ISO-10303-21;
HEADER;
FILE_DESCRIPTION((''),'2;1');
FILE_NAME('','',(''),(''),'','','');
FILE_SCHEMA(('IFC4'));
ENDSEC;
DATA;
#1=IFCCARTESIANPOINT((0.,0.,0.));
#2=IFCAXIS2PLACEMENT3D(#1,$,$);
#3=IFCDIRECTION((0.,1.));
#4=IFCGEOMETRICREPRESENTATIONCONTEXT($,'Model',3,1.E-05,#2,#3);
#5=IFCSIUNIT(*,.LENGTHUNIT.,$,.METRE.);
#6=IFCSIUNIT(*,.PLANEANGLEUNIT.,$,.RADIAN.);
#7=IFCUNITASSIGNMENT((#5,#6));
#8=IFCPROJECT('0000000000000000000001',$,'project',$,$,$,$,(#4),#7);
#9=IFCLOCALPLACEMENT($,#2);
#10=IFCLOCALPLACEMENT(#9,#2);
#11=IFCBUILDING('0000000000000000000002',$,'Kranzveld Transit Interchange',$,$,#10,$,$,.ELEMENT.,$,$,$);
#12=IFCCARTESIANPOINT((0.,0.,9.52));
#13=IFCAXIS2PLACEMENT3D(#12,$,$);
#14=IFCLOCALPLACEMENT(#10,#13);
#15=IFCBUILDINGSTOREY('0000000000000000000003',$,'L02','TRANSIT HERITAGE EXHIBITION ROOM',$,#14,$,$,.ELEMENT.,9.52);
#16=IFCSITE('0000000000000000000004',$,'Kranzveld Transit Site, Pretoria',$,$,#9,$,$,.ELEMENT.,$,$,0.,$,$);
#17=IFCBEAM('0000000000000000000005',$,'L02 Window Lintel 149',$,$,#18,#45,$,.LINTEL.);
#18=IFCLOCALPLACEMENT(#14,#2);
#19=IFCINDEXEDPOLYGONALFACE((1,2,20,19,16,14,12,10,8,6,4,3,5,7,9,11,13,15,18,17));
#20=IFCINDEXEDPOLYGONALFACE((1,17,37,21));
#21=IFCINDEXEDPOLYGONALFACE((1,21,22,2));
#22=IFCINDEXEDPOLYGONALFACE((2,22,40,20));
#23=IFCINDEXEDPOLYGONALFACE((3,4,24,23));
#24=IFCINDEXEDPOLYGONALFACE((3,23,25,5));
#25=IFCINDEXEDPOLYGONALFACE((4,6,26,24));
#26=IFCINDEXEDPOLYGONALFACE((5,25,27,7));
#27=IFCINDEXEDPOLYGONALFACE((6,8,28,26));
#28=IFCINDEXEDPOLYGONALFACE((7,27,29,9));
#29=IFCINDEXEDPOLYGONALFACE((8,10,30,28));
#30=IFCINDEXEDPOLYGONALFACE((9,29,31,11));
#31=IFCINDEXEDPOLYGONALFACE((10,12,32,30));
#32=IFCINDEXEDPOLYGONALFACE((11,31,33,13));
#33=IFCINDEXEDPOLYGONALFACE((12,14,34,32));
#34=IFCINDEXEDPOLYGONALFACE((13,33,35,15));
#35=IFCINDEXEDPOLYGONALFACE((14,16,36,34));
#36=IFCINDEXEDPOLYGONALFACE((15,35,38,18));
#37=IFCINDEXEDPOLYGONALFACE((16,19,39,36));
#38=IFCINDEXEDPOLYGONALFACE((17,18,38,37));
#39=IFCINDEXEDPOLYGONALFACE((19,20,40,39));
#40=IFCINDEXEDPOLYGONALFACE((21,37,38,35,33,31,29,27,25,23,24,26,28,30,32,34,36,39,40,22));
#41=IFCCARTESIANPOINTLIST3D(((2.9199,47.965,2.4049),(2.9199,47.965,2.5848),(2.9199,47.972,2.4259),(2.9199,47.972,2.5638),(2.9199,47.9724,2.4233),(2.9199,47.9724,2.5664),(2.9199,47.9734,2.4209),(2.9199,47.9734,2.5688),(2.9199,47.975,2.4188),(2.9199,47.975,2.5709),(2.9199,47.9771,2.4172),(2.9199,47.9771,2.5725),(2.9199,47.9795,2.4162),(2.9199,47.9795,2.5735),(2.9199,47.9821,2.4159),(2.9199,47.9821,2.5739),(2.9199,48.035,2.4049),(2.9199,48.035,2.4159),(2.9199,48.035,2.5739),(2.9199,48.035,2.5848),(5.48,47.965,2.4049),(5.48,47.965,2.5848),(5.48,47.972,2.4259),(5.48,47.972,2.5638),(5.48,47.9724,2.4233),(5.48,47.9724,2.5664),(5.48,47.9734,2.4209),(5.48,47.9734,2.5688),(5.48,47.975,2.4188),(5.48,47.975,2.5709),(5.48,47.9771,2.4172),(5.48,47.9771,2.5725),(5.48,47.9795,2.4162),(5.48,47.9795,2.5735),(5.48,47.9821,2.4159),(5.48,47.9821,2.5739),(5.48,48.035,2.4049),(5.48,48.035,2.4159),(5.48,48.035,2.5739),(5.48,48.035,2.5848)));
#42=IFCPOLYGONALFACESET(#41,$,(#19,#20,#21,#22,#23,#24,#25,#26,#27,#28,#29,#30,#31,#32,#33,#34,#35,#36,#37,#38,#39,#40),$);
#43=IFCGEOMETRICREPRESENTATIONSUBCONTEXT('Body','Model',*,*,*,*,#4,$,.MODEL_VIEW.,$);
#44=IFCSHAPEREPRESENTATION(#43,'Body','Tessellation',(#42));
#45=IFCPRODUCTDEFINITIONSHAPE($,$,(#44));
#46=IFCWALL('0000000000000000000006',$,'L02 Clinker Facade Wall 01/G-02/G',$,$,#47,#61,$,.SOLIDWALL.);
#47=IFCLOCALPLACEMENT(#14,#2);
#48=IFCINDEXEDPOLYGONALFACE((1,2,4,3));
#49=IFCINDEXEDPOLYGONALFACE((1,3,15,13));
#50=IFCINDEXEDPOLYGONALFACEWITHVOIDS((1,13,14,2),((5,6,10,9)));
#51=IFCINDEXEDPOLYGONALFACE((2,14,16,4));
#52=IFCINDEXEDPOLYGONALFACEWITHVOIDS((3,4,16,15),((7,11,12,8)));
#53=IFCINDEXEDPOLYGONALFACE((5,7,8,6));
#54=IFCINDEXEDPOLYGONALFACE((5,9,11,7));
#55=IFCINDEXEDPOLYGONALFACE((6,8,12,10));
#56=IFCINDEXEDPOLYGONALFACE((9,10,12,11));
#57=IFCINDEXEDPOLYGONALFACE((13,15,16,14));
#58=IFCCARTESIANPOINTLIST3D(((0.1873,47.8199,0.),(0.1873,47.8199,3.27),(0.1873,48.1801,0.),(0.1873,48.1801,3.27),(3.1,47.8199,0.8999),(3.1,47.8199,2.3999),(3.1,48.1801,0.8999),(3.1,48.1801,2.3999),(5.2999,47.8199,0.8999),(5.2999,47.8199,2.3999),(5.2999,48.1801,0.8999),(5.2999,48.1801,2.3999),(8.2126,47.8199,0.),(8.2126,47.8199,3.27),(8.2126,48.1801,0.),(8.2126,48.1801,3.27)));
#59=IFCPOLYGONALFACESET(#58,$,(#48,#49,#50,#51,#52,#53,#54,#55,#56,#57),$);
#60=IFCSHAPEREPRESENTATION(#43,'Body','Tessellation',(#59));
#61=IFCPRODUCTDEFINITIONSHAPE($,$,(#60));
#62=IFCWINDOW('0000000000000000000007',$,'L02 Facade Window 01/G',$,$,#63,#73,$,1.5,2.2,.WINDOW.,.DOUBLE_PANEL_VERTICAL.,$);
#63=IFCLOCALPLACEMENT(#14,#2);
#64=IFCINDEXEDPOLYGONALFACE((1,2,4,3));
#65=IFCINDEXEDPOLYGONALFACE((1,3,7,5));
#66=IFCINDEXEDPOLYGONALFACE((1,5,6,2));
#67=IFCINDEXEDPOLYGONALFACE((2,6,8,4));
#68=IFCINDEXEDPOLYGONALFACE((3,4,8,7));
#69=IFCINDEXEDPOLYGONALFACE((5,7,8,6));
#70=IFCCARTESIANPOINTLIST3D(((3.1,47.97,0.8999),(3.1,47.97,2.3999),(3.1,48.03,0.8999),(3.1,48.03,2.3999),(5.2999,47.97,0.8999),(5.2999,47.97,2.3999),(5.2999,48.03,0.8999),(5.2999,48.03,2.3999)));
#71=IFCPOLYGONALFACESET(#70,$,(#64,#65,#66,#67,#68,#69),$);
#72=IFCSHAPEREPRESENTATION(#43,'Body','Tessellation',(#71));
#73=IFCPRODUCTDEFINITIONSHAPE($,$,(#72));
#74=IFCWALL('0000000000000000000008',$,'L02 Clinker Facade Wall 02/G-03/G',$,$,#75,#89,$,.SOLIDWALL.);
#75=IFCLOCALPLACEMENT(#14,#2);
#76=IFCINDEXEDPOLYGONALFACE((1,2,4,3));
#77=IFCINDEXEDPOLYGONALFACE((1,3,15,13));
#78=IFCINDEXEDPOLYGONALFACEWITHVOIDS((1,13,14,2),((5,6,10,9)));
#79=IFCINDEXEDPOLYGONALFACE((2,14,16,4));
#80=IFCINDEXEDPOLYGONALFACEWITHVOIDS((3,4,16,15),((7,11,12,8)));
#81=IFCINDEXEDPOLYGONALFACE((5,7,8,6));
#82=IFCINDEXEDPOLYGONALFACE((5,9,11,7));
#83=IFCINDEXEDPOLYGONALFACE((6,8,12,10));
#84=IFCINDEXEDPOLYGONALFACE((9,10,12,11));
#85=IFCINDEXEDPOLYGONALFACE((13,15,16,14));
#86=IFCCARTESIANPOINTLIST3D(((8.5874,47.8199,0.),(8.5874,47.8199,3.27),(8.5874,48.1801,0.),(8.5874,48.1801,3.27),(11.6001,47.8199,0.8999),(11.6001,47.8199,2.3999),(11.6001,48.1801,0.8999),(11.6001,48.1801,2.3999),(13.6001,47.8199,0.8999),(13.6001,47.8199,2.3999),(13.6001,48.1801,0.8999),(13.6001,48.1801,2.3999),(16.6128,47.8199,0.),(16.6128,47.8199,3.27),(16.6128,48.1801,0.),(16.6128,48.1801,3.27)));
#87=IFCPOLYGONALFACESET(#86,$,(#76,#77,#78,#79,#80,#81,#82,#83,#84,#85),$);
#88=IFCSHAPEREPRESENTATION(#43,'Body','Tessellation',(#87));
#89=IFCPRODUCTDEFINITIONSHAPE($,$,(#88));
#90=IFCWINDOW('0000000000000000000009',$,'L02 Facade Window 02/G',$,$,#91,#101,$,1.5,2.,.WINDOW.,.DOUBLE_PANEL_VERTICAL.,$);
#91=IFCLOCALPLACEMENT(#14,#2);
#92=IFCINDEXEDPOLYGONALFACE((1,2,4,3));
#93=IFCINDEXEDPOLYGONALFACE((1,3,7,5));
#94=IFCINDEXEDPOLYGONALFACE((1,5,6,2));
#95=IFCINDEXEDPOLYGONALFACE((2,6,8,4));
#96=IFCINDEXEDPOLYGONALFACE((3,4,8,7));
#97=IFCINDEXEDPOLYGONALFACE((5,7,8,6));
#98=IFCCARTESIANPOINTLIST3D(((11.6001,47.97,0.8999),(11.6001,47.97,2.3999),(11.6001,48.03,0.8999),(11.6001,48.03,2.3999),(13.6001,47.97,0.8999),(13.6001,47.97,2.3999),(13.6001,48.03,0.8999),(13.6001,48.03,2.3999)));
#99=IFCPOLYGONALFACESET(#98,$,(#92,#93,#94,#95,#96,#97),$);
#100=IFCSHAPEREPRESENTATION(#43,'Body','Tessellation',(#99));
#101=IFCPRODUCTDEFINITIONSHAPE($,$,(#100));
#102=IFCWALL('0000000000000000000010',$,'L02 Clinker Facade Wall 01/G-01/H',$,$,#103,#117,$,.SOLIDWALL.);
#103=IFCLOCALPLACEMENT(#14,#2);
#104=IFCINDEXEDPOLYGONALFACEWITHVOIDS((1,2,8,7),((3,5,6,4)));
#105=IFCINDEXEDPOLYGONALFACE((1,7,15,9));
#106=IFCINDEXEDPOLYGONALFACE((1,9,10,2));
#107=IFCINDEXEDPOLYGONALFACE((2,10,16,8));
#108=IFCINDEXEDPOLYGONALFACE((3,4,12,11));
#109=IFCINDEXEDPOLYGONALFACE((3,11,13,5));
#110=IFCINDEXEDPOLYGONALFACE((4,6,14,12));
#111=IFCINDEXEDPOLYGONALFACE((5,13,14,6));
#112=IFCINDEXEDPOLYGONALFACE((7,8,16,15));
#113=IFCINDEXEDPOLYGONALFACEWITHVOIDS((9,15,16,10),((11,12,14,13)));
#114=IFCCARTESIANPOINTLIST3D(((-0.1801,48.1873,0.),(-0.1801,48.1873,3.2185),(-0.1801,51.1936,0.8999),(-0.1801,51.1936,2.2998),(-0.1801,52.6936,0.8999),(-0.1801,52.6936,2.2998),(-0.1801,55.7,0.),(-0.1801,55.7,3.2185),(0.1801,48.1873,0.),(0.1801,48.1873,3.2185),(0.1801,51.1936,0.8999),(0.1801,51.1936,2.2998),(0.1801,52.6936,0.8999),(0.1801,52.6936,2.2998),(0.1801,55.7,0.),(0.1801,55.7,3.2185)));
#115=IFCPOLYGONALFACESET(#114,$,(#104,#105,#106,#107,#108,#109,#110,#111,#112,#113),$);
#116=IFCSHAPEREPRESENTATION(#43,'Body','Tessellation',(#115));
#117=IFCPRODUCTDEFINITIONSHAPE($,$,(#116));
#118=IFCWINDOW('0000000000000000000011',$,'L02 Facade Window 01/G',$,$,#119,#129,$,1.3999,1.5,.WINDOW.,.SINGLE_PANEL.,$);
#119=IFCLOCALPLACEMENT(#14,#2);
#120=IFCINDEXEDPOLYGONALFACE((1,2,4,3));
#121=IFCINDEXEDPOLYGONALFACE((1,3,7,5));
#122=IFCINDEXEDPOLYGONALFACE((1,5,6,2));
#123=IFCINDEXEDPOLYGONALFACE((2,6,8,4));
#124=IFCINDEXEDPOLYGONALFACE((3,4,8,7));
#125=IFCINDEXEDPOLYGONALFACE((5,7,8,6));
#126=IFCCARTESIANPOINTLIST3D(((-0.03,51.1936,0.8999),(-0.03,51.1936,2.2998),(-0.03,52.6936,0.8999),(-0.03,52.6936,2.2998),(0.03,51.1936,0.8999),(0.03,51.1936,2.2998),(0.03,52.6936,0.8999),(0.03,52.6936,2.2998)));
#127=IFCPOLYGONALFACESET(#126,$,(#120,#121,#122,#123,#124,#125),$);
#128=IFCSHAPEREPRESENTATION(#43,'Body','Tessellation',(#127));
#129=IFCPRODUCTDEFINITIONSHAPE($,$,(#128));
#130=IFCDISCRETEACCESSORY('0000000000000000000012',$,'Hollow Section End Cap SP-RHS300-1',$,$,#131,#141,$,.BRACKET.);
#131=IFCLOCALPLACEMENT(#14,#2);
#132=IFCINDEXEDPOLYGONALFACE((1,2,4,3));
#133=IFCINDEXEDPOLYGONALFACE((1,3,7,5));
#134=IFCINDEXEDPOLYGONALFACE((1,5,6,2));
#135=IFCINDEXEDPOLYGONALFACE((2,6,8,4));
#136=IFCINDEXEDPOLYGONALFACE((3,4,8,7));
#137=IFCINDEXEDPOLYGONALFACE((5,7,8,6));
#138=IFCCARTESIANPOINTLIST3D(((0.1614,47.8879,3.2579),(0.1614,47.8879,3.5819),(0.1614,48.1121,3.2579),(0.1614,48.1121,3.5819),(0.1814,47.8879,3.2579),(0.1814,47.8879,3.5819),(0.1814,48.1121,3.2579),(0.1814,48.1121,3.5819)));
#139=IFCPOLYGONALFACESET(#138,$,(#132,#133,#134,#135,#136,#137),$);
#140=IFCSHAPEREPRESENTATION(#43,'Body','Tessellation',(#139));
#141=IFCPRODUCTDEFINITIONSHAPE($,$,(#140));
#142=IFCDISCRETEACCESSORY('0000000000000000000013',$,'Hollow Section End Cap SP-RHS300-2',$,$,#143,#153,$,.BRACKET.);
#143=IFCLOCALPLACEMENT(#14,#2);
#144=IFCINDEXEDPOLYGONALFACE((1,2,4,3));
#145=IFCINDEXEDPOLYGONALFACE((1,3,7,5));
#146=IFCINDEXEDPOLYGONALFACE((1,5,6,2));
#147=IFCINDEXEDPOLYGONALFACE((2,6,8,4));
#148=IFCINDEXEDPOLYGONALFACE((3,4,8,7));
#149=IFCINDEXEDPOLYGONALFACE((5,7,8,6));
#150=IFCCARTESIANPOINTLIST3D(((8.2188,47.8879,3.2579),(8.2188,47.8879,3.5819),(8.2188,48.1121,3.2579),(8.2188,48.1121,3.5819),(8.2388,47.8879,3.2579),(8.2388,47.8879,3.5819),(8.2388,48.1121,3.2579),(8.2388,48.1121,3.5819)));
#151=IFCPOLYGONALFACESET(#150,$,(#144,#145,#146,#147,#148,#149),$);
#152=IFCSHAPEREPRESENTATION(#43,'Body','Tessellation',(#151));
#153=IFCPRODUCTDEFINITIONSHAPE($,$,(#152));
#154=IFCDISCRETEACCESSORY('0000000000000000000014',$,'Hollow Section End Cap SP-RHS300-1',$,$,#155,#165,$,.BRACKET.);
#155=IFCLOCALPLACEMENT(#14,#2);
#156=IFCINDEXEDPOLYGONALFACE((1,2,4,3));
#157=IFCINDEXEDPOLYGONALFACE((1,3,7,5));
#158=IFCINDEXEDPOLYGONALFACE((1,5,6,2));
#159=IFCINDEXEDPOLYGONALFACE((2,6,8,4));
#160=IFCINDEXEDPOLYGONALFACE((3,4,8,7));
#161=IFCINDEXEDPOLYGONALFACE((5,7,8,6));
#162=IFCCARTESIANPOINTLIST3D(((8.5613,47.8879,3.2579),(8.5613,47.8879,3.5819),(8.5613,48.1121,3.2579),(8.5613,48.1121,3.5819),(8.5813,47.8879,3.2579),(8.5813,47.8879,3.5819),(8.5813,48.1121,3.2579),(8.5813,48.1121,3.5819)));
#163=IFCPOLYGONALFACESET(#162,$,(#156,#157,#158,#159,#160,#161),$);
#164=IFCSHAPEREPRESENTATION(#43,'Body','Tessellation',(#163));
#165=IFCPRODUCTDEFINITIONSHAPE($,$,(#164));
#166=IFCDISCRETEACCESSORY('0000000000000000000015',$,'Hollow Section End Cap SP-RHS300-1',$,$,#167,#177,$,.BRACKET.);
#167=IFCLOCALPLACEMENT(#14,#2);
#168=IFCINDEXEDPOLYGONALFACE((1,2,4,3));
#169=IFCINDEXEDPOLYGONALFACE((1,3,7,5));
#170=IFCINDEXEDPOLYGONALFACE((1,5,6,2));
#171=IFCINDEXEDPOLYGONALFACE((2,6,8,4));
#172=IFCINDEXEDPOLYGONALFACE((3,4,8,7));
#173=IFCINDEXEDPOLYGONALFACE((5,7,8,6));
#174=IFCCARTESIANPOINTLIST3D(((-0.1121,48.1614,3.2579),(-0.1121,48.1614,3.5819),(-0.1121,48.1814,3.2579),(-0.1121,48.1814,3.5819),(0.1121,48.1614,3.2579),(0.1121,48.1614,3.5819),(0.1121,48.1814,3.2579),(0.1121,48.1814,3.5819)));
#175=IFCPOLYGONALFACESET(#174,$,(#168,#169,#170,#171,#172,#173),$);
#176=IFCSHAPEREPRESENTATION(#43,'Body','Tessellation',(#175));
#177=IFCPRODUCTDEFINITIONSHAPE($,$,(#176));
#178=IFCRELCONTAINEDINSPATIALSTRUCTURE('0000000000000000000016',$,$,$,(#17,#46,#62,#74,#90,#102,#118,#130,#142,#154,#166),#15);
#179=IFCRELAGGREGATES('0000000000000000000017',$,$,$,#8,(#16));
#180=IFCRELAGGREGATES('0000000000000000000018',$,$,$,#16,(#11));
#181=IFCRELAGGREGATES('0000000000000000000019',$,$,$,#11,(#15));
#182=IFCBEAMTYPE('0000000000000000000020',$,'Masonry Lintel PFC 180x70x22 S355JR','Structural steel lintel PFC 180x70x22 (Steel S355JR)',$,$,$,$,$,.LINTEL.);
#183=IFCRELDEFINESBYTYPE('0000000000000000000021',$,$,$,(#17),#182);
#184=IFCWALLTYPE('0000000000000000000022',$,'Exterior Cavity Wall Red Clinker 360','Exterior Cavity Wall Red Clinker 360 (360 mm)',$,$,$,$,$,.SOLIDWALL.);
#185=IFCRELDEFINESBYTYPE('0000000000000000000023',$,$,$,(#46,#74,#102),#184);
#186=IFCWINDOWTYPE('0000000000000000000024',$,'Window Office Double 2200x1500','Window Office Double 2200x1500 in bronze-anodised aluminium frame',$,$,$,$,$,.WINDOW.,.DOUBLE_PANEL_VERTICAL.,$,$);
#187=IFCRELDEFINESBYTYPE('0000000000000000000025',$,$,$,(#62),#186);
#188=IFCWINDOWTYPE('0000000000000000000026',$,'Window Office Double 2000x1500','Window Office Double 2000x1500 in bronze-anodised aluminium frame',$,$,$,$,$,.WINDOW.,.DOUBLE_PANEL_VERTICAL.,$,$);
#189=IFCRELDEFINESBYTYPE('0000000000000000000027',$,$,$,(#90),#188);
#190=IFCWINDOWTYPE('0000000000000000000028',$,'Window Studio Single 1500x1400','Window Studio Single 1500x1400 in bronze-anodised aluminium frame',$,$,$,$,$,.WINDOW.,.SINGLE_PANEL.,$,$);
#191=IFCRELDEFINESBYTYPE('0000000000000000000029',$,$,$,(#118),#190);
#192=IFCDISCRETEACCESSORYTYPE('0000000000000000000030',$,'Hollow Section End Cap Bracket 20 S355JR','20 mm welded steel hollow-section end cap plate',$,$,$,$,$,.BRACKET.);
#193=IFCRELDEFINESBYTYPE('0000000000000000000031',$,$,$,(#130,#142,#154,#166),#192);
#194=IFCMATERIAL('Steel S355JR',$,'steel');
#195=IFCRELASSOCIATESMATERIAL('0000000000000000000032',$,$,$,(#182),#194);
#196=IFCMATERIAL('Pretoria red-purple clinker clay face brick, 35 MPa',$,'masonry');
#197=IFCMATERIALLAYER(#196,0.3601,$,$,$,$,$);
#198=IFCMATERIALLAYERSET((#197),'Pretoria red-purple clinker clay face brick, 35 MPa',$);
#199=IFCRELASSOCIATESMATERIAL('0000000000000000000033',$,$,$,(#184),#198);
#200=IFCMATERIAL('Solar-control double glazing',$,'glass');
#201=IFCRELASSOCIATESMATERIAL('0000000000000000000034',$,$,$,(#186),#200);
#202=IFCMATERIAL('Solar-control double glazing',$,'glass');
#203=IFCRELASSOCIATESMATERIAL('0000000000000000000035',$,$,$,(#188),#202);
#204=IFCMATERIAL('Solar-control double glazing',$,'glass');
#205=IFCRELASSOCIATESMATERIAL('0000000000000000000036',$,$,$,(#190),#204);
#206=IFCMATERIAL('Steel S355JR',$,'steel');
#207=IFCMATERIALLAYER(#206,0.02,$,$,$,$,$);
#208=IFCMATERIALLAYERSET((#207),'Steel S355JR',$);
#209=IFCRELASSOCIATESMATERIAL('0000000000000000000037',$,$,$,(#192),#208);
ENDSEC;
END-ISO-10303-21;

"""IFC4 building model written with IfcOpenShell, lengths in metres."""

from ifc_helpers import new_model, si_unit, direction, frame, frame_2d, origin, origin_2d, place, context, subcontext, project, spatial, rectangle, u_section, extrude, material, layer, layer_set, material_profile, profile_set, type_object, element, fill, save


model = new_model("IFC4")

# Units and contexts
model_context = context("Model", 3, precision=1e-05, world=origin(), true_north=direction((0.0, 1.0)))
body_context = subcontext(model_context, "Body", "Model", "MODEL_VIEW")
ifc_project = project(units=[si_unit("LENGTHUNIT", "METRE"), si_unit("PLANEANGLEUNIT", "RADIAN")], contexts=[model_context])

# Site, building, storey
site_placement = place(None, origin())
site = spatial("IfcSite", under=ifc_project, at=site_placement, Name="Kranzveld Transit Site, Pretoria", CompositionType="ELEMENT", RefElevation=0.0)
building_placement = place(site_placement, origin())
building = spatial("IfcBuilding", under=site, at=building_placement, Name="Kranzveld Transit Interchange", CompositionType="ELEMENT")
storey_placement = place(building_placement, frame((0.0, 0.0, 9.52)))
storey = spatial("IfcBuildingStorey", under=building, at=storey_placement, Name="L02", Description="TRANSIT HERITAGE EXHIBITION ROOM", CompositionType="ELEMENT", Elevation=9.52)

# Beam
ifc_material_1 = material(Name="Steel S355JR", Category="steel")
ifc_material_profile_1 = material_profile(ifc_material_1, u_section(Depth=0.1799, FlangeWidth=0.0701, WebThickness=0.0071, FlangeThickness=0.011, FilletRadius=0.01, at=origin_2d()), Name="PFC 180x70x22")
ifc_profile_set_1 = profile_set([ifc_material_profile_1], Name="Steel S355JR")
beam_type_1 = type_object("IfcBeamType", Name="Masonry Lintel PFC 180x70x22 S355JR", Description="Structural steel lintel PFC 180x70x22 (Steel S355JR)", PredefinedType="LINTEL", material=ifc_profile_set_1)
beam_1_placement = place(storey_placement, frame((2.9199, 48.0, 2.4949), z_axis=(1.0, 0.0, 0.0), x_axis=(0.0, 1.0, 0.0)))
element("IfcBeam", 1, at=beam_1_placement, inside=storey, type_object=beam_type_1, Name="L02 Window Lintel 149", PredefinedType="LINTEL", context=body_context, shape_type="SweptSolid", body=[
    extrude(u_section(Depth=0.1799, FlangeWidth=0.0701, WebThickness=0.0071, FlangeThickness=0.011, FilletRadius=0.01, at=origin_2d()), origin(), (0.0, 0.0, 1.0), 2.5601),
])

# Walls, openings, windows
ifc_material_2 = material(Name="Pretoria red-purple clinker clay face brick, 35 MPa", Category="masonry")
ifc_layer_1 = layer(ifc_material_2, 0.3601)
ifc_layer_set_1 = layer_set([ifc_layer_1], Name="Pretoria red-purple clinker clay face brick, 35 MPa")
wall_type = type_object("IfcWallType", Name="Exterior Cavity Wall Red Clinker 360", Description="Exterior Cavity Wall Red Clinker 360 (360 mm)", PredefinedType="SOLIDWALL", material=ifc_layer_set_1)
wall_1_placement = place(storey_placement, frame((0.1873, 48.0, 0.0), z_axis=(0.0, 0.0, 1.0), x_axis=(1.0, 0.0, 0.0)))
wall_1 = element("IfcWall", 2, at=wall_1_placement, inside=storey, type_object=wall_type, Name="L02 Clinker Facade Wall 01/G-02/G", PredefinedType="SOLIDWALL", context=body_context, shape_type="SweptSolid", body=[
    extrude(rectangle(XDim=8.0254, YDim=0.3601, at=frame_2d((4.0127, 0.0))), origin(), (0.0, 0.0, 1.0), 3.27),
])
opening_1_placement = place(wall_1_placement, frame((2.9126, 0.0, 0.8999), z_axis=(0.0, 0.0, 1.0), x_axis=(1.0, 0.0, 0.0)))
opening_1 = element("IfcOpeningElement", 3, at=opening_1_placement, cuts=wall_1, PredefinedType="OPENING", context=body_context, shape_type="SweptSolid", body=[
    extrude(rectangle(XDim=2.2, YDim=1.5, at=frame_2d((1.1001, 0.75))), frame((0.0, 0.1899, 0.0), z_axis=(0.0, -1.0, 0.0), x_axis=(1.0, 0.0, 0.0)), (0.0, 0.0, 1.0), 0.3801),
])
ifc_material_3 = material(Name="Solar-control double glazing", Category="glass")
window_type_1 = type_object("IfcWindowType", Name="Window Office Double 2200x1500", Description="Window Office Double 2200x1500 in bronze-anodised aluminium frame", PartitioningType="DOUBLE_PANEL_VERTICAL", PredefinedType="WINDOW", material=ifc_material_3)
window_1_placement = place(opening_1_placement, origin())
window_1 = element("IfcWindow", 4, at=window_1_placement, inside=storey, type_object=window_type_1, Name="L02 Facade Window 01/G", OverallHeight=1.5, OverallWidth=2.2, PartitioningType="DOUBLE_PANEL_VERTICAL", PredefinedType="WINDOW", context=body_context, shape_type="SweptSolid", body=[
    extrude(rectangle(XDim=2.2, YDim=1.5, at=frame_2d((1.1001, 0.75))), frame((0.0, 0.03, 0.0), z_axis=(0.0, -1.0, 0.0), x_axis=(1.0, 0.0, 0.0)), (0.0, 0.0, 1.0), 0.0601),
])
fill(opening_1, window_1)
wall_2_placement = place(storey_placement, frame((8.5874, 48.0, 0.0), z_axis=(0.0, 0.0, 1.0), x_axis=(1.0, 0.0, 0.0)))
wall_2 = element("IfcWall", 5, at=wall_2_placement, inside=storey, type_object=wall_type, Name="L02 Clinker Facade Wall 02/G-03/G", PredefinedType="SOLIDWALL", context=body_context, shape_type="SweptSolid", body=[
    extrude(rectangle(XDim=8.0254, YDim=0.3601, at=frame_2d((4.0127, 0.0))), origin(), (0.0, 0.0, 1.0), 3.27),
])
opening_2_placement = place(wall_2_placement, frame((3.0127, 0.0, 0.8999), z_axis=(0.0, 0.0, 1.0), x_axis=(1.0, 0.0, 0.0)))
opening_2 = element("IfcOpeningElement", 6, at=opening_2_placement, cuts=wall_2, PredefinedType="OPENING", context=body_context, shape_type="SweptSolid", body=[
    extrude(rectangle(XDim=2.0, YDim=1.5, at=frame_2d((1.0, 0.75))), frame((0.0, 0.1899, 0.0), z_axis=(0.0, -1.0, 0.0), x_axis=(1.0, 0.0, 0.0)), (0.0, 0.0, 1.0), 0.3801),
])
ifc_material_4 = material(Name="Solar-control double glazing", Category="glass")
window_type_2 = type_object("IfcWindowType", Name="Window Office Double 2000x1500", Description="Window Office Double 2000x1500 in bronze-anodised aluminium frame", PartitioningType="DOUBLE_PANEL_VERTICAL", PredefinedType="WINDOW", material=ifc_material_4)
window_2_placement = place(opening_2_placement, origin())
window_2 = element("IfcWindow", 7, at=window_2_placement, inside=storey, type_object=window_type_2, Name="L02 Facade Window 02/G", OverallHeight=1.5, OverallWidth=2.0, PartitioningType="DOUBLE_PANEL_VERTICAL", PredefinedType="WINDOW", context=body_context, shape_type="SweptSolid", body=[
    extrude(rectangle(XDim=2.0, YDim=1.5, at=frame_2d((1.0, 0.75))), frame((0.0, 0.03, 0.0), z_axis=(0.0, -1.0, 0.0), x_axis=(1.0, 0.0, 0.0)), (0.0, 0.0, 1.0), 0.0601),
])
fill(opening_2, window_2)
wall_3_placement = place(storey_placement, frame((0.0, 48.1873, 0.0), z_axis=(0.0, 0.0, 1.0), x_axis=(0.0, 1.0, 0.0)))
wall_3 = element("IfcWall", 8, at=wall_3_placement, inside=storey, type_object=wall_type, Name="L02 Clinker Facade Wall 01/G-01/H", PredefinedType="SOLIDWALL", context=body_context, shape_type="SweptSolid", body=[
    extrude(rectangle(XDim=7.5127, YDim=0.3601, at=frame_2d((3.7563, 0.0))), origin(), (0.0, 0.0, 1.0), 3.2185),
])
opening_3_placement = place(wall_3_placement, frame((3.0063, 0.0, 0.8999), z_axis=(0.0, 0.0, 1.0), x_axis=(1.0, 0.0, 0.0)))
opening_3 = element("IfcOpeningElement", 9, at=opening_3_placement, cuts=wall_3, PredefinedType="OPENING", context=body_context, shape_type="SweptSolid", body=[
    extrude(rectangle(XDim=1.5, YDim=1.3999, at=frame_2d((0.75, 0.7))), frame((0.0, 0.1899, 0.0), z_axis=(0.0, -1.0, 0.0), x_axis=(1.0, 0.0, 0.0)), (0.0, 0.0, 1.0), 0.3801),
])
ifc_material_5 = material(Name="Solar-control double glazing", Category="glass")
window_type_3 = type_object("IfcWindowType", Name="Window Studio Single 1500x1400", Description="Window Studio Single 1500x1400 in bronze-anodised aluminium frame", PartitioningType="SINGLE_PANEL", PredefinedType="WINDOW", material=ifc_material_5)
window_3_placement = place(opening_3_placement, origin())
window_3 = element("IfcWindow", 10, at=window_3_placement, inside=storey, type_object=window_type_3, Name="L02 Facade Window 01/G", OverallHeight=1.3999, OverallWidth=1.5, PartitioningType="SINGLE_PANEL", PredefinedType="WINDOW", context=body_context, shape_type="SweptSolid", body=[
    extrude(rectangle(XDim=1.5, YDim=1.3999, at=frame_2d((0.75, 0.7))), frame((0.0, 0.03, 0.0), z_axis=(0.0, -1.0, 0.0), x_axis=(1.0, 0.0, 0.0)), (0.0, 0.0, 1.0), 0.0601),
])
fill(opening_3, window_3)

# Discrete accessories
ifc_material_6 = material(Name="Steel S355JR", Category="steel")
ifc_layer_2 = layer(ifc_material_6, 0.02)
ifc_layer_set_2 = layer_set([ifc_layer_2], Name="Steel S355JR")
discrete_accessory_type = type_object("IfcDiscreteAccessoryType", Name="Hollow Section End Cap Bracket 20 S355JR", Description="20 mm welded steel hollow-section end cap plate", PredefinedType="BRACKET", material=ifc_layer_set_2)
for number, where, z_axis, x_axis, name in (
    (11, (0.1814, 48.0, 3.4199), (-1.0, 0.0, 0.0), (0.0, -1.0, 0.0), "Hollow Section End Cap SP-RHS300-1"),
    (12, (8.2188, 48.0, 3.4199), (1.0, 0.0, 0.0), (0.0, 1.0, 0.0), "Hollow Section End Cap SP-RHS300-2"),
    (13, (8.5813, 48.0, 3.4199), (-1.0, 0.0, 0.0), (0.0, -1.0, 0.0), "Hollow Section End Cap SP-RHS300-1"),
    (14, (0.0, 48.1814, 3.4199), (0.0, -1.0, 0.0), (1.0, 0.0, 0.0), "Hollow Section End Cap SP-RHS300-1"),
):
    element("IfcDiscreteAccessory", number, at=place(storey_placement, frame(where, z_axis=z_axis, x_axis=x_axis)), inside=storey, type_object=discrete_accessory_type, Name=name, PredefinedType="BRACKET", context=body_context, shape_type="SweptSolid", body=[
        extrude(rectangle(XDim=0.2241, YDim=0.324, at=origin_2d()), origin(), (0.0, 0.0, 1.0), 0.02),
    ])

save(model, "model.ifc")
